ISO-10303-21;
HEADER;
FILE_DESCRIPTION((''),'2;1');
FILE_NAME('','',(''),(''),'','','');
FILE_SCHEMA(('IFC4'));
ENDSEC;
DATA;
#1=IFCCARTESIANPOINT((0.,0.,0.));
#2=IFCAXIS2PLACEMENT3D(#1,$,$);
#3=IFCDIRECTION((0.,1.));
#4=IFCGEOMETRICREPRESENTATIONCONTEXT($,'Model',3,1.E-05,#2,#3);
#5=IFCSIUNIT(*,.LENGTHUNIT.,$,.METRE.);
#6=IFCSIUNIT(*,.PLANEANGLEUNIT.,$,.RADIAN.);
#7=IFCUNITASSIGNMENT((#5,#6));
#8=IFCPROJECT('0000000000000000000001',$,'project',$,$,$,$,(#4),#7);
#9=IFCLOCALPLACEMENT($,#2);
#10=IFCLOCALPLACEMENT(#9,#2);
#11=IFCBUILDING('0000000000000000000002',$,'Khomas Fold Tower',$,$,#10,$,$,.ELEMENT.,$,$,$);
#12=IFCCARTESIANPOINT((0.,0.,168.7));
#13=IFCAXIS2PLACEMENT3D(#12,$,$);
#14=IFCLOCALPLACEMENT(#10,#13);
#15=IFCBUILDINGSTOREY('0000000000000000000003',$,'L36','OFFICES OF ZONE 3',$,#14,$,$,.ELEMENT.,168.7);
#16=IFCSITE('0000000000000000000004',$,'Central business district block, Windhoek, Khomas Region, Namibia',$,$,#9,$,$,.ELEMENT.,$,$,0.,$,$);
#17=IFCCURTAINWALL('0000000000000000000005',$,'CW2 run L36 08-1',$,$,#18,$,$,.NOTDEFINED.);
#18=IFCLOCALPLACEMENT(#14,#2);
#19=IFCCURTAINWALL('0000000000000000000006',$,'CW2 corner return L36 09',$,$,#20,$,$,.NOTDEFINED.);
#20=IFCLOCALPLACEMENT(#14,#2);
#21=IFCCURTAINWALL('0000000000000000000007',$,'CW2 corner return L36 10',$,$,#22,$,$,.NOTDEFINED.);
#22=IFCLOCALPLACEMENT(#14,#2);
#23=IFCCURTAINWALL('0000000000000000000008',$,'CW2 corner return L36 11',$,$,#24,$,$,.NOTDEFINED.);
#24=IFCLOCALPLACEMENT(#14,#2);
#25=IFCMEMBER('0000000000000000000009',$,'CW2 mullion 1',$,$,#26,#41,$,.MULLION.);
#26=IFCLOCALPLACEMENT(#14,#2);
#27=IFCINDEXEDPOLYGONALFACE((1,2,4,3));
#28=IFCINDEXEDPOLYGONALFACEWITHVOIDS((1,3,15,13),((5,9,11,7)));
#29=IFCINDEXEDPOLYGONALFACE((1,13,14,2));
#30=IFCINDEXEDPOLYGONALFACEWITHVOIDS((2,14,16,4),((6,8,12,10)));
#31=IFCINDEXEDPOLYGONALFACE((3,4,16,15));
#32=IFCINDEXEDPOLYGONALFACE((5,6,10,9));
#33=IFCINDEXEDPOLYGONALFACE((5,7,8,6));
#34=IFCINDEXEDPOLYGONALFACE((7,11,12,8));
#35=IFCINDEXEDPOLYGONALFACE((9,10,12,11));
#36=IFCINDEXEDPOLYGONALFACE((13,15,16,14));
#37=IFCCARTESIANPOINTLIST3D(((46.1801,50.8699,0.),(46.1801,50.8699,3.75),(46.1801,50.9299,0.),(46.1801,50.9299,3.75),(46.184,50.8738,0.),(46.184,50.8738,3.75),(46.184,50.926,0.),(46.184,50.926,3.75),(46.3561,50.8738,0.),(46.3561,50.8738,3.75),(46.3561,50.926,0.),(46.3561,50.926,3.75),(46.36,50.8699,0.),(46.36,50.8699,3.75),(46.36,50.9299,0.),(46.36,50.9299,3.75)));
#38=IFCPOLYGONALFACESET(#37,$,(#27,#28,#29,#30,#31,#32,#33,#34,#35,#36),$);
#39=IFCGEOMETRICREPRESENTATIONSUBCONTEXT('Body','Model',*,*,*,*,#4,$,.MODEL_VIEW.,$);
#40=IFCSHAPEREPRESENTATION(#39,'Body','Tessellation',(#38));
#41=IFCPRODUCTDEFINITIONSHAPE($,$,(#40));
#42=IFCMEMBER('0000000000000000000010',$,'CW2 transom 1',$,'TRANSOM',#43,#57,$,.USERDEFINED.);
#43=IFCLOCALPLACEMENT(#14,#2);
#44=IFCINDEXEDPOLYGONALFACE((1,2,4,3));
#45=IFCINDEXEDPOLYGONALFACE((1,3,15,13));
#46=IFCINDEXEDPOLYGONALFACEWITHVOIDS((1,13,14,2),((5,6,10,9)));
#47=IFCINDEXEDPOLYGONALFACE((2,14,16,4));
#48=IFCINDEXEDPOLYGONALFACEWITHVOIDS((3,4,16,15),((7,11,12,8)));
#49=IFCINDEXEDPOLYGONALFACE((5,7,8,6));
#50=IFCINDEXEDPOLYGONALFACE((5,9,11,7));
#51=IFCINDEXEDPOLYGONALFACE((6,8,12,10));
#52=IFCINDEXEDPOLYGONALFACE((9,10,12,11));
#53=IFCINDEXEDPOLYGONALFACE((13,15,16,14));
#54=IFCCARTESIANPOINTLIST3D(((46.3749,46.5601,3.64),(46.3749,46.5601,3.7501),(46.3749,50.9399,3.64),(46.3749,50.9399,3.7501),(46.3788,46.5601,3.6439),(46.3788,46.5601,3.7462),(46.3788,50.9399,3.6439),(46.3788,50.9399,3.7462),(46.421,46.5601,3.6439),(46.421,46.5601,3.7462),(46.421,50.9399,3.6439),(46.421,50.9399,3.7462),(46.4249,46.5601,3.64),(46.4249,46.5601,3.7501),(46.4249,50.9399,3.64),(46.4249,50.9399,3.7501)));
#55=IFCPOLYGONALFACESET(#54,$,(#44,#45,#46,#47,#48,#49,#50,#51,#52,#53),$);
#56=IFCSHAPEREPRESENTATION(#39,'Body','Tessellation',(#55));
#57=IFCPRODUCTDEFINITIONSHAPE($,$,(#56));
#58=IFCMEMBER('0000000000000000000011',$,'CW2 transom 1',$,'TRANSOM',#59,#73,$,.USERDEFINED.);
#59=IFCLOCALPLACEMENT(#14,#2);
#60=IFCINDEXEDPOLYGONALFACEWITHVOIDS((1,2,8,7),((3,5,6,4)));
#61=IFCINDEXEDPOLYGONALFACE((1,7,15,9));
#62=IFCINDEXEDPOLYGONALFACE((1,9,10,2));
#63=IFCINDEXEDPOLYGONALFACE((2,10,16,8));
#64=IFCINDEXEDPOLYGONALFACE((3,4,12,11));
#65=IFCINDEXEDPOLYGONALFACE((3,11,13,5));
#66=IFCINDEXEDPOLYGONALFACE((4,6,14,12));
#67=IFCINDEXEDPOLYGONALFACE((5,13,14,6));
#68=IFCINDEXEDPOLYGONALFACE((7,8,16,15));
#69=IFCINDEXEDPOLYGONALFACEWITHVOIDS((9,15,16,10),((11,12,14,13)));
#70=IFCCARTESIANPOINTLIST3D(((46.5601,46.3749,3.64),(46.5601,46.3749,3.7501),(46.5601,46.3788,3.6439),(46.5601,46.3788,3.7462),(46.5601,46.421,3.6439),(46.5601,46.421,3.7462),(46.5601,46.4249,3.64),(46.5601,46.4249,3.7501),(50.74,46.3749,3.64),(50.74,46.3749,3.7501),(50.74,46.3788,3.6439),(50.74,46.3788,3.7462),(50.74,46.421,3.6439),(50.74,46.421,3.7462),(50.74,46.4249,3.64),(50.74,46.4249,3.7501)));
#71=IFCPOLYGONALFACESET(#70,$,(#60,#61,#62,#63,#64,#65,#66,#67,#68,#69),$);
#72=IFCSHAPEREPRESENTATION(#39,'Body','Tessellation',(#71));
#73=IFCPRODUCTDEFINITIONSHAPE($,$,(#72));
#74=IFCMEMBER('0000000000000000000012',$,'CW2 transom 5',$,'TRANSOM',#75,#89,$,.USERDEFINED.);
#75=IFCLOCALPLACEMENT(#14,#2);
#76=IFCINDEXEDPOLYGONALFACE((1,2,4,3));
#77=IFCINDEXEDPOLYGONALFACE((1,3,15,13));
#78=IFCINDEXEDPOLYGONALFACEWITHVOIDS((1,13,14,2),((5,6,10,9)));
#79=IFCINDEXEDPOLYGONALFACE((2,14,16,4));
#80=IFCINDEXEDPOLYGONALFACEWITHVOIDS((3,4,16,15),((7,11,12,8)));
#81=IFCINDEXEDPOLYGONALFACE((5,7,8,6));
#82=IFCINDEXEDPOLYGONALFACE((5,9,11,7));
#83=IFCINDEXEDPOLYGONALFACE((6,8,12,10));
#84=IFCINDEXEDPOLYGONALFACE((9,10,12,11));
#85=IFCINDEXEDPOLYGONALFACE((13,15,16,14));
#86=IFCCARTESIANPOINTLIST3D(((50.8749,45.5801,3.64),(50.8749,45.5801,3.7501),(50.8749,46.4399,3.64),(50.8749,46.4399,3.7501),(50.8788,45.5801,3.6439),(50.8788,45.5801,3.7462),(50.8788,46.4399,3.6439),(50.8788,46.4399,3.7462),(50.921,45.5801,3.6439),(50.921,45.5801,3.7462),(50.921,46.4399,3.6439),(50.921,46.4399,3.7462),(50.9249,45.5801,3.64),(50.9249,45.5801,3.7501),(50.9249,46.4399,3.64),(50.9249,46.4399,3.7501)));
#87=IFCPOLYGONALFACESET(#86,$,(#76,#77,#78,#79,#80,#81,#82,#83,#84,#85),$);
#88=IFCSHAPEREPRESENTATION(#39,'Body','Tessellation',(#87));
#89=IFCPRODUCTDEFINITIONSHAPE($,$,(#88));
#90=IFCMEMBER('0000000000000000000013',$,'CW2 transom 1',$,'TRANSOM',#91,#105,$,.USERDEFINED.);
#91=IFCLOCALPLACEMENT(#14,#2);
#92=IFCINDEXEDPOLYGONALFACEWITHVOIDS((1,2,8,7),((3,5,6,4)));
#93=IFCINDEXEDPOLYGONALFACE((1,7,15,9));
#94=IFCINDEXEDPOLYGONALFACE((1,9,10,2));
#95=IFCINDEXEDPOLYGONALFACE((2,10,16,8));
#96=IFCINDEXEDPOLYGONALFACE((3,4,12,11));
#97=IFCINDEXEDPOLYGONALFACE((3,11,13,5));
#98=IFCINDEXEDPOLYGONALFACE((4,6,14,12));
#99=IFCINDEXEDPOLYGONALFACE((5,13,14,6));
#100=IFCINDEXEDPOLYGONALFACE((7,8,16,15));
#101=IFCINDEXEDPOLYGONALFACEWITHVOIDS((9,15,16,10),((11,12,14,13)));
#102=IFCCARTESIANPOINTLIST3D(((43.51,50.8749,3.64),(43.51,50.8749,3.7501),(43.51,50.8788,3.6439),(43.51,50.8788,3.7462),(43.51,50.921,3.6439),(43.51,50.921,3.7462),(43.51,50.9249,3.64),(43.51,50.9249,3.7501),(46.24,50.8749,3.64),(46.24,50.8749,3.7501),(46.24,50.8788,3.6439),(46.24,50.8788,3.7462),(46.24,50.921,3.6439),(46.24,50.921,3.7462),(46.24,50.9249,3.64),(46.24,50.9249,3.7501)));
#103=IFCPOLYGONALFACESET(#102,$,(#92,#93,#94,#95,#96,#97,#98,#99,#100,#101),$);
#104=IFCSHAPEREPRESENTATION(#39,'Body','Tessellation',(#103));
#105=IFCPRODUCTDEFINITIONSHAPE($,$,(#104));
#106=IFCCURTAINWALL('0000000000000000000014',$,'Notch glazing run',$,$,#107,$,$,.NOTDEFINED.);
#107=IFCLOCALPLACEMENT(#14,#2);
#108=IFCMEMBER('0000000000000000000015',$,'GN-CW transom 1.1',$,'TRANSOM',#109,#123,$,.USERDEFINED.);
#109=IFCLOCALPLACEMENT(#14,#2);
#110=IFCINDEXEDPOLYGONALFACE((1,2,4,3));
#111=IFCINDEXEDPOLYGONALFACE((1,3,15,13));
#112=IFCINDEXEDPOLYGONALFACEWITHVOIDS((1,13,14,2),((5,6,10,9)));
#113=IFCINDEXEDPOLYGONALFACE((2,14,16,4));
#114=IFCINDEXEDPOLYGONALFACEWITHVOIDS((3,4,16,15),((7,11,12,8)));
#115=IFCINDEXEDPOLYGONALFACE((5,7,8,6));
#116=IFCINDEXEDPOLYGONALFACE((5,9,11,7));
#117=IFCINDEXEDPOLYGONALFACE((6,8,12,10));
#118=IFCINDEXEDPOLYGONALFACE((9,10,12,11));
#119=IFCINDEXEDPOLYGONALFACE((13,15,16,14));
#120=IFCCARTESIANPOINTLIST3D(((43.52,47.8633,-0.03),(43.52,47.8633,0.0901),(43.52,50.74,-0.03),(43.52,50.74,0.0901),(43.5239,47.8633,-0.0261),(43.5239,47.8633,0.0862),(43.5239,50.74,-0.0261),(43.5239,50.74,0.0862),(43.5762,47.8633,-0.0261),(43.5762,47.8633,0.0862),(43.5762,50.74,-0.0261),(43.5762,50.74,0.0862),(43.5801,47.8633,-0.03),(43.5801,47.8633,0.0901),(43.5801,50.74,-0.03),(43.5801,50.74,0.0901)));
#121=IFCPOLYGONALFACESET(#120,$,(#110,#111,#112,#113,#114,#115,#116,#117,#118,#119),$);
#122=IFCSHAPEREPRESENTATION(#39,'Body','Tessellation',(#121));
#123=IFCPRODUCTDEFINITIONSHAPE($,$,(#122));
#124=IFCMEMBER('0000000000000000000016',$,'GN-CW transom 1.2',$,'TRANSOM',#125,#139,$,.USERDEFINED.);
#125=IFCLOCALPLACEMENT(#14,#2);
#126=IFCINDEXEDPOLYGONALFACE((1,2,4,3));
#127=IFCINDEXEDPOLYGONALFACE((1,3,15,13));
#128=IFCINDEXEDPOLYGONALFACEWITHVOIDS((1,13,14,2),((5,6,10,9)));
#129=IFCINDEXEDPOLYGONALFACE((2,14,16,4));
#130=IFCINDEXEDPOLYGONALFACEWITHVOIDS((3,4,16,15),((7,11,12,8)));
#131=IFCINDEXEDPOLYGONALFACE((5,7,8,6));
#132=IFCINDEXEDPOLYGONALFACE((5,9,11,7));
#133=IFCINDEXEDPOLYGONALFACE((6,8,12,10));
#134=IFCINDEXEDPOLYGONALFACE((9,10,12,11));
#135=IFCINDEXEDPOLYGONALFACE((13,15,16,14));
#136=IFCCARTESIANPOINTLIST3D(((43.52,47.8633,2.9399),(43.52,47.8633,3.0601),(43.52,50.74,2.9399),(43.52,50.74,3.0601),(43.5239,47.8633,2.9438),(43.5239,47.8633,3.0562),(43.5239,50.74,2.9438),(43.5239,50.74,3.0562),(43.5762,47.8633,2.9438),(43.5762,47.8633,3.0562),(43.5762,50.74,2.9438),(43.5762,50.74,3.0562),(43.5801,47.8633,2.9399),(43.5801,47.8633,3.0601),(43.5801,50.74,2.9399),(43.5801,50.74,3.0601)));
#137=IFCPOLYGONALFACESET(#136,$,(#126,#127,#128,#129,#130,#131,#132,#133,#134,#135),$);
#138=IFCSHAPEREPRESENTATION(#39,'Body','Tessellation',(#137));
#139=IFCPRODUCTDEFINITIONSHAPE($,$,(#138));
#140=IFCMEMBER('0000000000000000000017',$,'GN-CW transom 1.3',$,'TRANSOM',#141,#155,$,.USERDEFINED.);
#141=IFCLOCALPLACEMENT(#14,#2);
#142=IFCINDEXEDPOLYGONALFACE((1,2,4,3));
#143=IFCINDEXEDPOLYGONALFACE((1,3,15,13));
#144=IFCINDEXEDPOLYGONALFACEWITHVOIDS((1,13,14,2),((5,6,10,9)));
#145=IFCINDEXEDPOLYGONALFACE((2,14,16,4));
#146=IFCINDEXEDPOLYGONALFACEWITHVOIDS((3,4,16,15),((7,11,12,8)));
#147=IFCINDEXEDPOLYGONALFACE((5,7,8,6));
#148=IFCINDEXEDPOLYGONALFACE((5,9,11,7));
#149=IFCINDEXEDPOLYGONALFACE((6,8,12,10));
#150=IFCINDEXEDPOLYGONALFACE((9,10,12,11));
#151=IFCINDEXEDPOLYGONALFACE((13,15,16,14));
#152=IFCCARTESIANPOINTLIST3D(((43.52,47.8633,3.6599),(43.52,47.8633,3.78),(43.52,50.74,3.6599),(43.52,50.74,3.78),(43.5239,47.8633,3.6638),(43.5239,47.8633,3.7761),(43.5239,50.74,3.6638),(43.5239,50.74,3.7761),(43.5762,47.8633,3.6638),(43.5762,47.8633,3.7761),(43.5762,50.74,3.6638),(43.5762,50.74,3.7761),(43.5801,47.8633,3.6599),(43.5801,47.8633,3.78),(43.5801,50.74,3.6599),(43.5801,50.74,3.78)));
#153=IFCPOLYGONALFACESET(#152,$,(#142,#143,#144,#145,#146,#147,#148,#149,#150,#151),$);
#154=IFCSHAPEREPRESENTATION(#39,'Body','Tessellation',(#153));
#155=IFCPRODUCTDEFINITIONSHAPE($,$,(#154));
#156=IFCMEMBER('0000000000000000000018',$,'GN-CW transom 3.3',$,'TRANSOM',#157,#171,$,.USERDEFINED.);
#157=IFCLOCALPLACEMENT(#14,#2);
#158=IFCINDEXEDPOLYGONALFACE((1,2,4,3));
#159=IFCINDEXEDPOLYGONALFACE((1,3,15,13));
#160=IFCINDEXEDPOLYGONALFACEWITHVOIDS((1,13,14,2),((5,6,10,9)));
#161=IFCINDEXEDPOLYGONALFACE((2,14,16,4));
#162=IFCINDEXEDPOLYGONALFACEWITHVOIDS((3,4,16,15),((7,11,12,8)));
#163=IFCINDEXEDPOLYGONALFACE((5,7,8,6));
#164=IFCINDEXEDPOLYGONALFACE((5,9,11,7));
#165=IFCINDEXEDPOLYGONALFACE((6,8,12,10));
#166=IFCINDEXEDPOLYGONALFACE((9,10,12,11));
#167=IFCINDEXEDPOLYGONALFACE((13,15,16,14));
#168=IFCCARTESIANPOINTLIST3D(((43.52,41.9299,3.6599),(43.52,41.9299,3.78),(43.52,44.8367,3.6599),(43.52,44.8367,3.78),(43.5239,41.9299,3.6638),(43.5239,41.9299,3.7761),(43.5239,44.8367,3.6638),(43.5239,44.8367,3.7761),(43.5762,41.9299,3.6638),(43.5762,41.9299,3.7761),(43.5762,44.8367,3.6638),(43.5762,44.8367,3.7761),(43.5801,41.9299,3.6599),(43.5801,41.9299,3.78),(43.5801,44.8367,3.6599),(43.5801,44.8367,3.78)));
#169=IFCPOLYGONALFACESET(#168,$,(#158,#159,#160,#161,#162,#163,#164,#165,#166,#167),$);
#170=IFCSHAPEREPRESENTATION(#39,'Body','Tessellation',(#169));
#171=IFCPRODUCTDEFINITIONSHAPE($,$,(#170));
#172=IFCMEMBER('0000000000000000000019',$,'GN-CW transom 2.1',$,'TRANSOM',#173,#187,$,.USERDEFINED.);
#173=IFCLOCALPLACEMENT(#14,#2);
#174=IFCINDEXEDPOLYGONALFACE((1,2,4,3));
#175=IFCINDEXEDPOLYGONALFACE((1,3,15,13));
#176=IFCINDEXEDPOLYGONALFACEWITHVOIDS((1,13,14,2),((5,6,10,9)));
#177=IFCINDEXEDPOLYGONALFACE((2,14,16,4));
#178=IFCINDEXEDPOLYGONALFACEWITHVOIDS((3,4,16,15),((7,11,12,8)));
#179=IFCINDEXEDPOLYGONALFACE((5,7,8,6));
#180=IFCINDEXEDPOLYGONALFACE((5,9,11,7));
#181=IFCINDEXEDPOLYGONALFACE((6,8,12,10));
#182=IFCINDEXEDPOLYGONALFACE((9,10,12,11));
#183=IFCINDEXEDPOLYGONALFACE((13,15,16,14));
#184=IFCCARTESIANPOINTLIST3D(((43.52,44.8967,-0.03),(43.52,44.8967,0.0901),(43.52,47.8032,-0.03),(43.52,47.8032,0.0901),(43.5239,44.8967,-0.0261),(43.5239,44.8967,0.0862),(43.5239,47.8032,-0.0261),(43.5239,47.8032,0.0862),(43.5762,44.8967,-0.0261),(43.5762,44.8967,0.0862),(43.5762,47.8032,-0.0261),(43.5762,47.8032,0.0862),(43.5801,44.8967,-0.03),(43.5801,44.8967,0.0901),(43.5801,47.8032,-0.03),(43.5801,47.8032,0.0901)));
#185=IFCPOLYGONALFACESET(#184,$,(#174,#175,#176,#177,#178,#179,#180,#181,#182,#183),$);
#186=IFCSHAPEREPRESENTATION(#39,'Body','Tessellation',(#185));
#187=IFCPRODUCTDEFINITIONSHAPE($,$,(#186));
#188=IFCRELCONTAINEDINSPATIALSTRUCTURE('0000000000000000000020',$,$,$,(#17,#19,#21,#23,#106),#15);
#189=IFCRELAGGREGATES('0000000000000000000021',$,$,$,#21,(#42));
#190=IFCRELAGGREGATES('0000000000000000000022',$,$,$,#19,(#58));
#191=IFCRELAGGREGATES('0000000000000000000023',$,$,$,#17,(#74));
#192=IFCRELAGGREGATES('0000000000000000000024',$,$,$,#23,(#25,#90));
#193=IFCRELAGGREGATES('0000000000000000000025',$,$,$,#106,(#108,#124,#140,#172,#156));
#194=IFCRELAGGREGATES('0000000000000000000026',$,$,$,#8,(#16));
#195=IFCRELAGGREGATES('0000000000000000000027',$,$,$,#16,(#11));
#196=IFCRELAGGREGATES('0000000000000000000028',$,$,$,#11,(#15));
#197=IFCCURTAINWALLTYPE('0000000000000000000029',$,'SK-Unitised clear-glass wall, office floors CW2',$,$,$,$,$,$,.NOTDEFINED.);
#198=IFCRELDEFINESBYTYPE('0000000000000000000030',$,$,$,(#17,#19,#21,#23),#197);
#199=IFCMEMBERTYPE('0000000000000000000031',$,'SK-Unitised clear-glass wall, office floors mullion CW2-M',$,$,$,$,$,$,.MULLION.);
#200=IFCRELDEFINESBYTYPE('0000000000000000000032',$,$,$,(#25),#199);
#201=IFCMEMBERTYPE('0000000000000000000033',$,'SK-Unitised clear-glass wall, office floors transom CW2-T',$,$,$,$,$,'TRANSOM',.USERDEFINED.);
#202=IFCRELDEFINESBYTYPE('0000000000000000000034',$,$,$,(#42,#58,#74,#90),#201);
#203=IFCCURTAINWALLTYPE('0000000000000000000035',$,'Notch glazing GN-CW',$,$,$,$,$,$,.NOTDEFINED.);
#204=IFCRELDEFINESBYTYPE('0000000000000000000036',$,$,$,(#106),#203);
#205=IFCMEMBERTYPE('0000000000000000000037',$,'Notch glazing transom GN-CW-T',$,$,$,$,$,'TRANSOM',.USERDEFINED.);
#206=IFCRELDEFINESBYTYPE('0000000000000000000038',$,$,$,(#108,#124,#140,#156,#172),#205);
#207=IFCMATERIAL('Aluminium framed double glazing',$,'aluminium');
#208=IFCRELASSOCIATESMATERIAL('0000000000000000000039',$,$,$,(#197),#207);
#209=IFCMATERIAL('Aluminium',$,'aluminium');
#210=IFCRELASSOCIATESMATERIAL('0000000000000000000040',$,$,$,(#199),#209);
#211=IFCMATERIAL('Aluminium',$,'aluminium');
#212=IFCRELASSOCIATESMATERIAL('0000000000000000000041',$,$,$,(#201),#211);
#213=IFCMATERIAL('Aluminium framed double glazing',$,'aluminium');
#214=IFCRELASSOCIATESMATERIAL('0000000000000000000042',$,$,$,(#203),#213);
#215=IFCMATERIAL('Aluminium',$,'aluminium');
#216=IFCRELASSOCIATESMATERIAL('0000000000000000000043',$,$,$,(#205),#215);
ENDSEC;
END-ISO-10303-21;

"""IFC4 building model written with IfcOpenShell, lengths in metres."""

from ifc_helpers import new_model, si_unit, direction, frame, origin, origin_2d, place, context, subcontext, project, spatial, hollow_rectangle, extrude, source, transform, mapped, material, material_profile, profile_set, type_object, element, aggregate, save


model = new_model("IFC4")

# Units and contexts
model_context = context("Model", 3, precision=1e-05, world=origin(), true_north=direction((0.0, 1.0)))
body_context = subcontext(model_context, "Body", "Model", "MODEL_VIEW")
ifc_project = project(units=[si_unit("LENGTHUNIT", "METRE"), si_unit("PLANEANGLEUNIT", "RADIAN")], contexts=[model_context])

# Site, building, storey
site_placement = place(None, origin())
site = spatial("IfcSite", under=ifc_project, at=site_placement, Name="Central business district block, Windhoek, Khomas Region, Namibia", CompositionType="ELEMENT", RefElevation=0.0)
building_placement = place(site_placement, origin())
building = spatial("IfcBuilding", under=site, at=building_placement, Name="Khomas Fold Tower", CompositionType="ELEMENT")
storey_placement = place(building_placement, frame((0.0, 0.0, 168.7)))
storey = spatial("IfcBuildingStorey", under=building, at=storey_placement, Name="L36", Description="OFFICES OF ZONE 3", CompositionType="ELEMENT", Elevation=168.7)

# Curtain walls
ifc_material_1 = material(Name="Aluminium framed double glazing", Category="aluminium")
curtain_wall_type_1 = type_object("IfcCurtainWallType", Name="SK-Unitised clear-glass wall, office floors CW2", PredefinedType="NOTDEFINED", material=ifc_material_1)
curtain_wall_1_placement = place(storey_placement, origin())
curtain_wall_1 = element("IfcCurtainWall", 1, at=curtain_wall_1_placement, inside=storey, type_object=curtain_wall_type_1, Name="CW2 run L36 08-1", PredefinedType="NOTDEFINED")
ifc_material_2 = material(Name="Aluminium", Category="aluminium")
ifc_material_profile_1 = material_profile(ifc_material_2, hollow_rectangle(XDim=0.0601, YDim=0.1799, WallThickness=0.0039, at=origin_2d()), Name="SK-Unitised clear-glass wall, office floors mullion CW2-M")
ifc_profile_set_1 = profile_set([ifc_material_profile_1], Name="Aluminium")
member_type_1 = type_object("IfcMemberType", Name="SK-Unitised clear-glass wall, office floors mullion CW2-M", PredefinedType="MULLION", material=ifc_profile_set_1)
shared_shape_1 = source(origin(), body_context, "Body", "SweptSolid", [
    extrude(hollow_rectangle(XDim=0.0601, YDim=0.1799, WallThickness=0.0039, at=origin_2d()), origin(), (0.0, 0.0, 1.0), 3.75),
])
curtain_wall_2_placement = place(storey_placement, origin())
curtain_wall_2 = element("IfcCurtainWall", 2, at=curtain_wall_2_placement, inside=storey, type_object=curtain_wall_type_1, Name="CW2 corner return L36 09", PredefinedType="NOTDEFINED")
curtain_wall_3_placement = place(storey_placement, origin())
curtain_wall_3 = element("IfcCurtainWall", 3, at=curtain_wall_3_placement, inside=storey, type_object=curtain_wall_type_1, Name="CW2 corner return L36 10", PredefinedType="NOTDEFINED")

# Curtain wall, member
curtain_wall_4_placement = place(storey_placement, origin())
curtain_wall_4 = element("IfcCurtainWall", 4, at=curtain_wall_4_placement, inside=storey, type_object=curtain_wall_type_1, Name="CW2 corner return L36 11", PredefinedType="NOTDEFINED")
member_1_placement = place(storey_placement, frame((46.27, 50.8999, 0.0), z_axis=(0.0, 0.0, 1.0), x_axis=(0.0, -1.0, 0.0)))
member_1 = element("IfcMember", 5, at=member_1_placement, type_object=member_type_1, Name="CW2 mullion 1", PredefinedType="MULLION", context=body_context, shape_type="MappedRepresentation", body=[
    mapped(shared_shape_1, transform((0.0, 0.0, 0.0))),
])

# Members
ifc_material_3 = material(Name="Aluminium", Category="aluminium")
ifc_material_profile_2 = material_profile(ifc_material_3, hollow_rectangle(XDim=0.05, YDim=0.1101, WallThickness=0.0039, at=origin_2d()), Name="SK-Unitised clear-glass wall, office floors transom CW2-T")
ifc_profile_set_2 = profile_set([ifc_material_profile_2], Name="Aluminium")
member_type_2 = type_object("IfcMemberType", Name="SK-Unitised clear-glass wall, office floors transom CW2-T", ElementType="TRANSOM", PredefinedType="USERDEFINED", material=ifc_profile_set_2)
shared_shape_2 = source(origin(), body_context, "Body", "SweptSolid", [
    extrude(hollow_rectangle(XDim=0.05, YDim=0.1101, WallThickness=0.0039, at=origin_2d()), origin(), (0.0, 0.0, 1.0), 4.3799),
])
member_2_placement = place(storey_placement, frame((46.3999, 46.5601, 3.6951), z_axis=(0.0, 1.0, 0.0), x_axis=(-1.0, 0.0, 0.0)))
member_2 = element("IfcMember", 6, at=member_2_placement, type_object=member_type_2, Name="CW2 transom 1", ObjectType="TRANSOM", PredefinedType="USERDEFINED", context=body_context, shape_type="MappedRepresentation", body=[
    mapped(shared_shape_2, transform((0.0, 0.0, 0.0))),
])
shared_shape_3 = source(origin(), body_context, "Body", "SweptSolid", [
    extrude(hollow_rectangle(XDim=0.05, YDim=0.1101, WallThickness=0.0039, at=origin_2d()), origin(), (0.0, 0.0, 1.0), 4.1799),
])
member_3_placement = place(storey_placement, frame((50.74, 46.3999, 3.6951), z_axis=(-1.0, 0.0, 0.0), x_axis=(0.0, -1.0, 0.0)))
member_3 = element("IfcMember", 7, at=member_3_placement, type_object=member_type_2, Name="CW2 transom 1", ObjectType="TRANSOM", PredefinedType="USERDEFINED", context=body_context, shape_type="MappedRepresentation", body=[
    mapped(shared_shape_3, transform((0.0, 0.0, 0.0))),
])
shared_shape_4 = source(origin(), body_context, "Body", "SweptSolid", [
    extrude(hollow_rectangle(XDim=0.05, YDim=0.1101, WallThickness=0.0039, at=origin_2d()), origin(), (0.0, 0.0, 1.0), 0.8599),
])
member_4_placement = place(storey_placement, frame((50.8999, 45.5801, 3.6951), z_axis=(0.0, 1.0, 0.0), x_axis=(-1.0, 0.0, 0.0)))
member_4 = element("IfcMember", 8, at=member_4_placement, type_object=member_type_2, Name="CW2 transom 5", ObjectType="TRANSOM", PredefinedType="USERDEFINED", context=body_context, shape_type="MappedRepresentation", body=[
    mapped(shared_shape_4, transform((0.0, 0.0, 0.0))),
])
shared_shape_5 = source(origin(), body_context, "Body", "SweptSolid", [
    extrude(hollow_rectangle(XDim=0.05, YDim=0.1101, WallThickness=0.0039, at=origin_2d()), origin(), (0.0, 0.0, 1.0), 2.73),
])
member_5_placement = place(storey_placement, frame((46.24, 50.8999, 3.6951), z_axis=(-1.0, 0.0, 0.0), x_axis=(0.0, -1.0, 0.0)))
member_5 = element("IfcMember", 9, at=member_5_placement, type_object=member_type_2, Name="CW2 transom 1", ObjectType="TRANSOM", PredefinedType="USERDEFINED", context=body_context, shape_type="MappedRepresentation", body=[
    mapped(shared_shape_5, transform((0.0, 0.0, 0.0))),
])

# Curtain wall, members
ifc_material_4 = material(Name="Aluminium framed double glazing", Category="aluminium")
curtain_wall_type_2 = type_object("IfcCurtainWallType", Name="Notch glazing GN-CW", PredefinedType="NOTDEFINED", material=ifc_material_4)
curtain_wall_5_placement = place(storey_placement, origin())
curtain_wall_5 = element("IfcCurtainWall", 10, at=curtain_wall_5_placement, inside=storey, type_object=curtain_wall_type_2, Name="Notch glazing run", PredefinedType="NOTDEFINED")
ifc_material_5 = material(Name="Aluminium", Category="aluminium")
ifc_material_profile_3 = material_profile(ifc_material_5, hollow_rectangle(XDim=0.0601, YDim=0.1201, WallThickness=0.0039, at=origin_2d()), Name="Notch glazing transom GN-CW-T")
ifc_profile_set_3 = profile_set([ifc_material_profile_3], Name="Aluminium")
member_type_3 = type_object("IfcMemberType", Name="Notch glazing transom GN-CW-T", ElementType="TRANSOM", PredefinedType="USERDEFINED", material=ifc_profile_set_3)
shared_shape_6 = source(origin(), body_context, "Body", "SweptSolid", [
    extrude(hollow_rectangle(XDim=0.0601, YDim=0.1201, WallThickness=0.0039, at=origin_2d()), origin(), (0.0, 0.0, 1.0), 2.8767),
])
member_6_placement = place(storey_placement, frame((43.55, 50.74, 0.03), z_axis=(0.0, -1.0, 0.0), x_axis=(1.0, 0.0, 0.0)))
member_6 = element("IfcMember", 11, at=member_6_placement, type_object=member_type_3, Name="GN-CW transom 1.1", ObjectType="TRANSOM", PredefinedType="USERDEFINED", context=body_context, shape_type="MappedRepresentation", body=[
    mapped(shared_shape_6, transform((0.0, 0.0, 0.0))),
])
member_7_placement = place(storey_placement, frame((43.55, 50.74, 3.0), z_axis=(0.0, -1.0, 0.0), x_axis=(1.0, 0.0, 0.0)))
member_7 = element("IfcMember", 12, at=member_7_placement, type_object=member_type_3, Name="GN-CW transom 1.2", ObjectType="TRANSOM", PredefinedType="USERDEFINED", context=body_context, shape_type="MappedRepresentation", body=[
    mapped(shared_shape_6, transform((0.0, 0.0, 0.0))),
])
member_8_placement = place(storey_placement, frame((43.55, 50.74, 3.72), z_axis=(0.0, -1.0, 0.0), x_axis=(1.0, 0.0, 0.0)))
member_8 = element("IfcMember", 13, at=member_8_placement, type_object=member_type_3, Name="GN-CW transom 1.3", ObjectType="TRANSOM", PredefinedType="USERDEFINED", context=body_context, shape_type="MappedRepresentation", body=[
    mapped(shared_shape_6, transform((0.0, 0.0, 0.0))),
])
shared_shape_7 = source(origin(), body_context, "Body", "SweptSolid", [
    extrude(hollow_rectangle(XDim=0.0601, YDim=0.1201, WallThickness=0.0039, at=origin_2d()), origin(), (0.0, 0.0, 1.0), 2.9067),
])
member_9_placement = place(storey_placement, frame((43.55, 44.8367, 3.72), z_axis=(0.0, -1.0, 0.0), x_axis=(1.0, 0.0, 0.0)))
member_9 = element("IfcMember", 14, at=member_9_placement, type_object=member_type_3, Name="GN-CW transom 3.3", ObjectType="TRANSOM", PredefinedType="USERDEFINED", context=body_context, shape_type="MappedRepresentation", body=[
    mapped(shared_shape_7, transform((0.0, 0.0, 0.0))),
])
shared_shape_8 = source(origin(), body_context, "Body", "SweptSolid", [
    extrude(hollow_rectangle(XDim=0.0601, YDim=0.1201, WallThickness=0.0039, at=origin_2d()), origin(), (0.0, 0.0, 1.0), 2.9065),
])
member_10_placement = place(storey_placement, frame((43.55, 47.8032, 0.03), z_axis=(0.0, -1.0, 0.0), x_axis=(1.0, 0.0, 0.0)))
member_10 = element("IfcMember", 15, at=member_10_placement, type_object=member_type_3, Name="GN-CW transom 2.1", ObjectType="TRANSOM", PredefinedType="USERDEFINED", context=body_context, shape_type="MappedRepresentation", body=[
    mapped(shared_shape_8, transform((0.0, 0.0, 0.0))),
])

aggregate(curtain_wall_3, [member_2])
aggregate(curtain_wall_2, [member_3])
aggregate(curtain_wall_1, [member_4])
aggregate(curtain_wall_4, [member_1, member_5])
aggregate(curtain_wall_5, [member_6, member_7, member_8, member_10, member_9])

save(model, "model.ifc")
